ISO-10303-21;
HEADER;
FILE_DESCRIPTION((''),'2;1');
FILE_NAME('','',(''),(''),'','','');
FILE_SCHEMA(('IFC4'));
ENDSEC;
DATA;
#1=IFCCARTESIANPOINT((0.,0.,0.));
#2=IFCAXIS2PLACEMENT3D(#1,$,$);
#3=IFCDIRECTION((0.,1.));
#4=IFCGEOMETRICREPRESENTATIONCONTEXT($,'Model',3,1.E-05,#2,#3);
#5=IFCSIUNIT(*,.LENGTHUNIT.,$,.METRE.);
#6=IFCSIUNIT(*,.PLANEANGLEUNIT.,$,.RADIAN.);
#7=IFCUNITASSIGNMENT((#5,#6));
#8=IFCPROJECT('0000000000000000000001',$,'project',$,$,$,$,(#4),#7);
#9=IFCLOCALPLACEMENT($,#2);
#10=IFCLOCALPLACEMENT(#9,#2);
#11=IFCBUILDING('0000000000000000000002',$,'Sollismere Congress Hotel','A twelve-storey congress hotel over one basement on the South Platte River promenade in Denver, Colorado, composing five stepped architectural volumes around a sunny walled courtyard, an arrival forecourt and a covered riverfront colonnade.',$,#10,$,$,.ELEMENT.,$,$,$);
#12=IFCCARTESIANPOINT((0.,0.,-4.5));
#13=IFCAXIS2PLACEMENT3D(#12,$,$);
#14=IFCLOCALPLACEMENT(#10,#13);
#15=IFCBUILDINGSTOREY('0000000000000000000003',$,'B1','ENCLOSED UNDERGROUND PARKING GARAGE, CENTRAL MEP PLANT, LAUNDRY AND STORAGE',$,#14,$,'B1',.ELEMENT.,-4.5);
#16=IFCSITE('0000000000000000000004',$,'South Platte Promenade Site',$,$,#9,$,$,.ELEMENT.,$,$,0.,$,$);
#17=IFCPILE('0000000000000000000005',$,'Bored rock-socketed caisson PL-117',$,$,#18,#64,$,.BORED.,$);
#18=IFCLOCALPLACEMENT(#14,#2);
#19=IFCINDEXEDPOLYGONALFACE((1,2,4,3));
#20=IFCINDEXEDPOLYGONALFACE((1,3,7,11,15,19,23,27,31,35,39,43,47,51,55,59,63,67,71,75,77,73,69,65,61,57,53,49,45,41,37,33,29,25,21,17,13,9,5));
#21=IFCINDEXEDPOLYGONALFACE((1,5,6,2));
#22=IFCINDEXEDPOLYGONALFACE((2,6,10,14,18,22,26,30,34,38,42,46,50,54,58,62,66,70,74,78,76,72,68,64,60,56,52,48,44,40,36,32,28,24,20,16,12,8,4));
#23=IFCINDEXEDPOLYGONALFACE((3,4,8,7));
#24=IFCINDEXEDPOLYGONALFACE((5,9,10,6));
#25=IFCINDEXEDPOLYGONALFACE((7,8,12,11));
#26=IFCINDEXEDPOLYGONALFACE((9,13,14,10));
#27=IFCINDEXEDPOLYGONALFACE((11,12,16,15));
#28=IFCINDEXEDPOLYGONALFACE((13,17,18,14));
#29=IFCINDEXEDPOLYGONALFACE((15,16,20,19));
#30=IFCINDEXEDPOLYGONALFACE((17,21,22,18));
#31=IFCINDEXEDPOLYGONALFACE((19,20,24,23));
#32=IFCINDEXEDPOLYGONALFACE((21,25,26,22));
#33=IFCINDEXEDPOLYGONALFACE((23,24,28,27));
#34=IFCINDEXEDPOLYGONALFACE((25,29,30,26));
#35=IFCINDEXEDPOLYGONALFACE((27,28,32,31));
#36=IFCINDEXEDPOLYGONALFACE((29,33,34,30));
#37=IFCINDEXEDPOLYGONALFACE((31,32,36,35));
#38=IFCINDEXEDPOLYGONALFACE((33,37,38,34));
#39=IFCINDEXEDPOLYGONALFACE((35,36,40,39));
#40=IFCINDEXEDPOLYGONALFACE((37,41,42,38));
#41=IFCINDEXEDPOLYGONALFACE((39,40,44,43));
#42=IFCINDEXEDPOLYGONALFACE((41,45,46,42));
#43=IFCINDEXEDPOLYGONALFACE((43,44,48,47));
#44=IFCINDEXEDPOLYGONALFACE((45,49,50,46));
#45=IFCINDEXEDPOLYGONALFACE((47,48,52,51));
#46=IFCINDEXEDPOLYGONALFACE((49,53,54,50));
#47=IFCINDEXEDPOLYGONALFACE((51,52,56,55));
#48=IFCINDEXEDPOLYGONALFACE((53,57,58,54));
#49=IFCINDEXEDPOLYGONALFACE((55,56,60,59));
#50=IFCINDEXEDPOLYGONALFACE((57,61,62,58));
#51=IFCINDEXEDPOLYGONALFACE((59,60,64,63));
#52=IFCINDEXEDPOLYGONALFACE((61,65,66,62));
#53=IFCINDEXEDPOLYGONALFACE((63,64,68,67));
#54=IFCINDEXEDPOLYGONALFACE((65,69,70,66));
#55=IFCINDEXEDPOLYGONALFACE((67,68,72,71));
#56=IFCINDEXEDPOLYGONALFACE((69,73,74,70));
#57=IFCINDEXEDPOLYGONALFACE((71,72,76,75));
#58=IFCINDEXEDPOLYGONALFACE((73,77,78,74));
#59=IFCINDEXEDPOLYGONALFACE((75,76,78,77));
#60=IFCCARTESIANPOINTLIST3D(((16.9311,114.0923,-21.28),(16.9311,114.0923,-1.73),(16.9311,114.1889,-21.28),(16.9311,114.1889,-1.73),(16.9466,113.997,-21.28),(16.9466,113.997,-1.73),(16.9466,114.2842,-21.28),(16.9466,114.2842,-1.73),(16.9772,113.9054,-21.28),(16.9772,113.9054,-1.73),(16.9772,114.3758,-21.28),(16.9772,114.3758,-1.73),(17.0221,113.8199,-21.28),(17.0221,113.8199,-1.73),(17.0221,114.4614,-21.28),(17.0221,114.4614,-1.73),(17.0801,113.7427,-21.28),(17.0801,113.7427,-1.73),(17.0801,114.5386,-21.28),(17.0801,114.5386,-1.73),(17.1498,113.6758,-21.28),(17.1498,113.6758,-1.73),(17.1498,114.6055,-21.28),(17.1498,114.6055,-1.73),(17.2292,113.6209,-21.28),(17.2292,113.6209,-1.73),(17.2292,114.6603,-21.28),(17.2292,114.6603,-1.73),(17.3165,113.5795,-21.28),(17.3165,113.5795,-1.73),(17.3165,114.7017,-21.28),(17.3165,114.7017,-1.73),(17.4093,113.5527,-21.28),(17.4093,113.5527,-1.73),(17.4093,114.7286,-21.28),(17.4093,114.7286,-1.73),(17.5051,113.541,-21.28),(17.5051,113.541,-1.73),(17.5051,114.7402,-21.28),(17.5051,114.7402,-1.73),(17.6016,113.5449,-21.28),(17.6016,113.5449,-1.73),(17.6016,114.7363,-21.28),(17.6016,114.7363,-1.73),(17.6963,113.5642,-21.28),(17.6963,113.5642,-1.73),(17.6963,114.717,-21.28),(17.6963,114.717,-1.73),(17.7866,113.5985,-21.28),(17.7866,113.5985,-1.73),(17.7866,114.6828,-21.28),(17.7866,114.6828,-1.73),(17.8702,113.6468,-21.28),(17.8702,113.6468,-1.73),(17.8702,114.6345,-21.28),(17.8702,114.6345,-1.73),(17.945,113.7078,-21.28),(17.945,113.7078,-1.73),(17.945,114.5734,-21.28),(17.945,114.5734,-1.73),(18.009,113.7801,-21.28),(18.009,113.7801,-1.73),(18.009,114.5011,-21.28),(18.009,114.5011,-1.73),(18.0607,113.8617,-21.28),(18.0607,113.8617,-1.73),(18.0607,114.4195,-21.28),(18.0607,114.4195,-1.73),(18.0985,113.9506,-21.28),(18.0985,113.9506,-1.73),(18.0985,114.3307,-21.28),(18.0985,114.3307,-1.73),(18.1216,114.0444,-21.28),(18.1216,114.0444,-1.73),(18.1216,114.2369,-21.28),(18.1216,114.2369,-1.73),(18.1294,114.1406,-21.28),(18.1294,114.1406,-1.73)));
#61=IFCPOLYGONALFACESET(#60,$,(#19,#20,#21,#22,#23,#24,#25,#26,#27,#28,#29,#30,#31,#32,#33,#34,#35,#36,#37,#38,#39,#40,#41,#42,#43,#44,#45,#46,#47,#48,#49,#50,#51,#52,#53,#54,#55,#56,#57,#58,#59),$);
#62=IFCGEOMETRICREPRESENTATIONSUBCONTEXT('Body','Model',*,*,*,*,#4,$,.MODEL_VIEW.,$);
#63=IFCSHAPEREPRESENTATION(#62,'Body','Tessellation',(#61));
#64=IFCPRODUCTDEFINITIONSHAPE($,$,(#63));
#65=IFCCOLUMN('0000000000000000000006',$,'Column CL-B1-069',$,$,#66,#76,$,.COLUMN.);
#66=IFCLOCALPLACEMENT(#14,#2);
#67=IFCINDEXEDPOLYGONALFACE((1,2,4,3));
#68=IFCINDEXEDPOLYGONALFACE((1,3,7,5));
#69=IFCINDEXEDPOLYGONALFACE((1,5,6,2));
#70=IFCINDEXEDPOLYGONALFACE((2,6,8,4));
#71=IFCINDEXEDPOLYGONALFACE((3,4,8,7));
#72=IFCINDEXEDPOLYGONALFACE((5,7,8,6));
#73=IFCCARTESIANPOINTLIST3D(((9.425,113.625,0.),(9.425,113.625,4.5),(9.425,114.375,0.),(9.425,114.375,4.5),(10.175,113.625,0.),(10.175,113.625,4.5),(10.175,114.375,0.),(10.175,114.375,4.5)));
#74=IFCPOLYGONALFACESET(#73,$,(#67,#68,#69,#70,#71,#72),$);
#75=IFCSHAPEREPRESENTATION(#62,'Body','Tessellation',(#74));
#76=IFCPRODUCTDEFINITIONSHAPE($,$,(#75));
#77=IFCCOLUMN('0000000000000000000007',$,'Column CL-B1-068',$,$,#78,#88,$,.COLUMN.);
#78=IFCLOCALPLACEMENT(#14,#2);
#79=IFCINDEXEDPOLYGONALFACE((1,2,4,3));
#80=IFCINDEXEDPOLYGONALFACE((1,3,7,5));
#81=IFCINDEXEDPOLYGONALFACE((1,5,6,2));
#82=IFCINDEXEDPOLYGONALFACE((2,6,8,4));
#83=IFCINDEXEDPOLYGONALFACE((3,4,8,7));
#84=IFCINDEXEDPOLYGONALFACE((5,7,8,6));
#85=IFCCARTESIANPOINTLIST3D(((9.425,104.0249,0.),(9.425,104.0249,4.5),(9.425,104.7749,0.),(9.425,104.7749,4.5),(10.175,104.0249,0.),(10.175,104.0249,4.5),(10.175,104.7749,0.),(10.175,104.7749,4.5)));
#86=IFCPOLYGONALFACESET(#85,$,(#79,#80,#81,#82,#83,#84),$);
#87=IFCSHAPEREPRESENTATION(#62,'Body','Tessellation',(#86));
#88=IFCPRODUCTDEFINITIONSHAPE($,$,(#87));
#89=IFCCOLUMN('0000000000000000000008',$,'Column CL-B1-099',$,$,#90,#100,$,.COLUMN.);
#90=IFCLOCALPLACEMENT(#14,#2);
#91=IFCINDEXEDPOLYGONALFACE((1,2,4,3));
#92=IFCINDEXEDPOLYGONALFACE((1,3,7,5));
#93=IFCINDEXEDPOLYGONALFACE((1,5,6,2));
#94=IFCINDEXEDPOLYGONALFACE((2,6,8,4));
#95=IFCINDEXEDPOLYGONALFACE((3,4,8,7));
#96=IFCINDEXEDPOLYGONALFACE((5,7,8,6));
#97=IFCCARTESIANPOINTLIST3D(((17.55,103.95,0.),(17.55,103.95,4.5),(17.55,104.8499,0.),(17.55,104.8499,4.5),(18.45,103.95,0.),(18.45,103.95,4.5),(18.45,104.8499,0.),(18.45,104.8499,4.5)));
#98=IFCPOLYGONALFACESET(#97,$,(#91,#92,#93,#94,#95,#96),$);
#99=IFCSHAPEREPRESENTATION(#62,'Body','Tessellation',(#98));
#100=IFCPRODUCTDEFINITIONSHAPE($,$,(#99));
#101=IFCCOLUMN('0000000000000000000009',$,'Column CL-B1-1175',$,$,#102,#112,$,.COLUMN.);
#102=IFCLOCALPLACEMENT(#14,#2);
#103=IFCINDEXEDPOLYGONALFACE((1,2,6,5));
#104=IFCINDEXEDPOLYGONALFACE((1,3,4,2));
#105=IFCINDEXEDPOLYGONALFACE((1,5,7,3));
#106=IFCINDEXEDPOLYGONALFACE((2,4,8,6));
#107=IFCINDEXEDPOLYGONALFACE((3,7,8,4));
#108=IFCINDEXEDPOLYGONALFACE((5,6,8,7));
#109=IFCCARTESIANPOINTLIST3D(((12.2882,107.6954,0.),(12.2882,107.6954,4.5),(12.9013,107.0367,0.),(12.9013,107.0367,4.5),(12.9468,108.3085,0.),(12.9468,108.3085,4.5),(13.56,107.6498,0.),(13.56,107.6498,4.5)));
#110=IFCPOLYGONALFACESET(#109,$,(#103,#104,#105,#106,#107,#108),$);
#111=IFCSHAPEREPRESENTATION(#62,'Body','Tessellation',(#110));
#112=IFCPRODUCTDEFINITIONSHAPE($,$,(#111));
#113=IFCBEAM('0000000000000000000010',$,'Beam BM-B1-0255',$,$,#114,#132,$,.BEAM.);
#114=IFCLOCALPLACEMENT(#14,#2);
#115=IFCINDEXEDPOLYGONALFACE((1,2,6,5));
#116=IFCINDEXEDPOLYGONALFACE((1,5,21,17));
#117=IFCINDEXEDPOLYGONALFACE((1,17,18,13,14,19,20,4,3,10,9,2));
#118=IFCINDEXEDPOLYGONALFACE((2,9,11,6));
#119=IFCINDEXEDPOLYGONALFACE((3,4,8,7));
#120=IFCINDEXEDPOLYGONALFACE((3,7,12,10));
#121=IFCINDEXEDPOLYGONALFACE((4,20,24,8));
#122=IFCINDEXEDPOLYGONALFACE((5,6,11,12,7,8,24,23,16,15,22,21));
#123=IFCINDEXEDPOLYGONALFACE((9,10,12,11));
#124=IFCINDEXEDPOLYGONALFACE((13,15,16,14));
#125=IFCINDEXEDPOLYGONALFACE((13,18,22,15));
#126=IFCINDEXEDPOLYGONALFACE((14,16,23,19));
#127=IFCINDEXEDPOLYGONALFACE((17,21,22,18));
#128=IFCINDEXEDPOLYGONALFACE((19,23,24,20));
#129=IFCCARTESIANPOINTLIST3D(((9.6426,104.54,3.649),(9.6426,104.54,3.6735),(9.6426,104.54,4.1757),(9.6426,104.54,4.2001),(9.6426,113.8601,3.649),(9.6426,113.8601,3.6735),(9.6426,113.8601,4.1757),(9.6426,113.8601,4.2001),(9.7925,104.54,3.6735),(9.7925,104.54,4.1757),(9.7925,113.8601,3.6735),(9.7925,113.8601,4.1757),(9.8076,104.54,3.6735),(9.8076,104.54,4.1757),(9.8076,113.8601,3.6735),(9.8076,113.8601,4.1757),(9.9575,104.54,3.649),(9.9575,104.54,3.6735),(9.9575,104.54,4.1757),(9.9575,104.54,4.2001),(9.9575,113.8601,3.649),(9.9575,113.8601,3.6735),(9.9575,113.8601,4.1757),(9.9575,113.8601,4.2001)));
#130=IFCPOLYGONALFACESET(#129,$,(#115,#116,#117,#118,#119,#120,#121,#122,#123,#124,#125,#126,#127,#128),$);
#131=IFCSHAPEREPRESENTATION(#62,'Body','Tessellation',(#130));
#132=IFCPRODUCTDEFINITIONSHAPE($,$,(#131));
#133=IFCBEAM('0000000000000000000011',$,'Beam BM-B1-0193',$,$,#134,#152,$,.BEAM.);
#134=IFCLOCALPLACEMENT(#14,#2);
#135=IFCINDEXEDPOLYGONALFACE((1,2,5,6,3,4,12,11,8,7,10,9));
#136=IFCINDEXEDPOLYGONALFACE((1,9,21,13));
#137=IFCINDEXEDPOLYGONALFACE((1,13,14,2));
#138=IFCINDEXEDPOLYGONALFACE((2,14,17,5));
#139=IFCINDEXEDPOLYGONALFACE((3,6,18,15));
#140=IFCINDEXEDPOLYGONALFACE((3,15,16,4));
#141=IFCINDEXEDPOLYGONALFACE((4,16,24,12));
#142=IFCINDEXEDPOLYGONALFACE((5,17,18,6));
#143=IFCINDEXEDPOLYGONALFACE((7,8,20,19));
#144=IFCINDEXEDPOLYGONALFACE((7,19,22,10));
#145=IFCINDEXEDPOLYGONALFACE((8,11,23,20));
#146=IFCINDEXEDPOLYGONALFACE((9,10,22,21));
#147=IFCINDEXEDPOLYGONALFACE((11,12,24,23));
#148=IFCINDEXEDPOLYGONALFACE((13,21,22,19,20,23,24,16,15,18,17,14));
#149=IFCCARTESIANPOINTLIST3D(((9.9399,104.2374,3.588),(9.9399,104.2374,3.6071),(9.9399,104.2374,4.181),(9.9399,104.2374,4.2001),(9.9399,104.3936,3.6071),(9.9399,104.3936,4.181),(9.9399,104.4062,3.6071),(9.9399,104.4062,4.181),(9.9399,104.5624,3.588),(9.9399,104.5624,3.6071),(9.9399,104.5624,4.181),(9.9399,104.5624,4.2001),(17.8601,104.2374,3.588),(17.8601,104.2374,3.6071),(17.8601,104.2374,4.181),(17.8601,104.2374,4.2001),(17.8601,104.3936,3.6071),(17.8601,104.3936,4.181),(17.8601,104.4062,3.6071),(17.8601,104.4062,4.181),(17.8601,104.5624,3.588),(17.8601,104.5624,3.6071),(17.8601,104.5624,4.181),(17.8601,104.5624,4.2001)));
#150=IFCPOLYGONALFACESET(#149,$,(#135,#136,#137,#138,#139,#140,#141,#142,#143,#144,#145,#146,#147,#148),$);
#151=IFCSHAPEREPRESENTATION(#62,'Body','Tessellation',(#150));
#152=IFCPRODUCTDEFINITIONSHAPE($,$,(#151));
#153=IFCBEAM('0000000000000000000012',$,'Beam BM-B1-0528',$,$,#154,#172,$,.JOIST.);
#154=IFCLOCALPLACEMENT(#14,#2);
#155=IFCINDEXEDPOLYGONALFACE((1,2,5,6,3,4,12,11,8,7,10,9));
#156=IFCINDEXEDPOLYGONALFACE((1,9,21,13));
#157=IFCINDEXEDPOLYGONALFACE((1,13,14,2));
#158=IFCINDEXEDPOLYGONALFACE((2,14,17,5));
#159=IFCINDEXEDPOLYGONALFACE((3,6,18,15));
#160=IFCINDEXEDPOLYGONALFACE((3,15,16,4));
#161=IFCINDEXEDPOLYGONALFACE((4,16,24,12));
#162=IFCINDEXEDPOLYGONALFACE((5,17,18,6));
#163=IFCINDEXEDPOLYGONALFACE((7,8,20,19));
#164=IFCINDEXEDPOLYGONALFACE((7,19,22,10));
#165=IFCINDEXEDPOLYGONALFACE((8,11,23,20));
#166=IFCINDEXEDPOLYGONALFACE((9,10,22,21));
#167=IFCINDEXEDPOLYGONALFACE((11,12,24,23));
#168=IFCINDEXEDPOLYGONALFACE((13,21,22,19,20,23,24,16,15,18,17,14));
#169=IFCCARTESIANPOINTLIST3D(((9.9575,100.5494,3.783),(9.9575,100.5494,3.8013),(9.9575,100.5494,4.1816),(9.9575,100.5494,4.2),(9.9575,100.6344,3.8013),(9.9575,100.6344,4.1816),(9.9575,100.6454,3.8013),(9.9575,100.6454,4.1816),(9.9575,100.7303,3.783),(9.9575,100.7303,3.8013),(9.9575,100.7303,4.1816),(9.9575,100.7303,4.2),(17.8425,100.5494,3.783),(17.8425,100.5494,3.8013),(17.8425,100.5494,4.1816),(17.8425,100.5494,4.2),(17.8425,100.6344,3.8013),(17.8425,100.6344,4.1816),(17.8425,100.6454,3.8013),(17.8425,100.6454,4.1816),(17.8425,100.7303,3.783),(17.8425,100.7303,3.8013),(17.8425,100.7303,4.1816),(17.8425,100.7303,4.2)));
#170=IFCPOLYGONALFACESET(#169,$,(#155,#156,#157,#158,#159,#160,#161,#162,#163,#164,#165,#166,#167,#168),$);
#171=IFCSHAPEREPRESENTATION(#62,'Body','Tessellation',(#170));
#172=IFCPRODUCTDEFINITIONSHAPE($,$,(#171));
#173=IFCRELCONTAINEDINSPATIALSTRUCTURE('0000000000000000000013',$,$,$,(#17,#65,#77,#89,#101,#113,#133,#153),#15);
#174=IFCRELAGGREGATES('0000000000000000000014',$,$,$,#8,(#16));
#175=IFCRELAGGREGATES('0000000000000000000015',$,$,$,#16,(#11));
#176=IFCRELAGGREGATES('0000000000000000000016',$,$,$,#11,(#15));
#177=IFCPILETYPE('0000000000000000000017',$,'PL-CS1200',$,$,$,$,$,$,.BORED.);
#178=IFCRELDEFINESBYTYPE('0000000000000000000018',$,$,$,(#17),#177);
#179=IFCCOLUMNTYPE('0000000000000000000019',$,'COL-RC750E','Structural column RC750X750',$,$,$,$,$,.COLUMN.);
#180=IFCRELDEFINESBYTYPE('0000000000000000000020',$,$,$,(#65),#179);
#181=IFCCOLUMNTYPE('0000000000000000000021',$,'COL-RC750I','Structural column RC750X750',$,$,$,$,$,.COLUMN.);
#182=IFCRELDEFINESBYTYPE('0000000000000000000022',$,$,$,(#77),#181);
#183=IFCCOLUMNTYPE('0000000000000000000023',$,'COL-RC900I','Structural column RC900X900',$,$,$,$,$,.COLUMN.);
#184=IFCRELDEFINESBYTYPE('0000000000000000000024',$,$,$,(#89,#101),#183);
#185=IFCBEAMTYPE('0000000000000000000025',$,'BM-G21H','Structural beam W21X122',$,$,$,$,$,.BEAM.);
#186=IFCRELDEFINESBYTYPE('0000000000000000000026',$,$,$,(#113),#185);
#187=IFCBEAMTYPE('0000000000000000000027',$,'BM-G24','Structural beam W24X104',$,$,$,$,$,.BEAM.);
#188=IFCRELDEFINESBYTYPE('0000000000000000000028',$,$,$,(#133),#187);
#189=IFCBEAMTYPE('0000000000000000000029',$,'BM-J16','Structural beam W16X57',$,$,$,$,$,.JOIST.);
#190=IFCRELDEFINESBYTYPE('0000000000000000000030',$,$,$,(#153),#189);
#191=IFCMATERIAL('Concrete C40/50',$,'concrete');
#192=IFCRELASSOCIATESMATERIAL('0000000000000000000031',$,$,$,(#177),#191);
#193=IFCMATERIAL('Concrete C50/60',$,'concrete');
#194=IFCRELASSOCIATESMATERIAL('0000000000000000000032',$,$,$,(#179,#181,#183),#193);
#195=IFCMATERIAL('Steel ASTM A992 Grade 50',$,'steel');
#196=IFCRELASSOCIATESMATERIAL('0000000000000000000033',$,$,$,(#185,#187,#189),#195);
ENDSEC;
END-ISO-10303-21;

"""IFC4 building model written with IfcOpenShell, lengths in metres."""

from ifc_helpers import new_model, si_unit, direction, frame, origin, origin_2d, place, context, subcontext, project, spatial, rectangle, circle, i_section, extrude, material, material_profile, profile_set, type_object, element, save


model = new_model("IFC4")

# Units and contexts
model_context = context("Model", 3, precision=1e-05, world=origin(), true_north=direction((0.0, 1.0)))
body_context = subcontext(model_context, "Body", "Model", "MODEL_VIEW")
ifc_project = project(units=[si_unit("LENGTHUNIT", "METRE"), si_unit("PLANEANGLEUNIT", "RADIAN")], contexts=[model_context])

# Site, building, storey
site_placement = place(None, origin())
site = spatial("IfcSite", under=ifc_project, at=site_placement, Name="South Platte Promenade Site", CompositionType="ELEMENT", RefElevation=0.0)
building_placement = place(site_placement, origin())
building = spatial("IfcBuilding", under=site, at=building_placement, Name="Sollismere Congress Hotel", Description="A twelve-storey congress hotel over one basement on the South Platte River promenade in Denver, Colorado, composing five stepped architectural volumes around a sunny walled courtyard, an arrival forecourt and a covered riverfront colonnade.", CompositionType="ELEMENT")
storey_placement = place(building_placement, frame((0.0, 0.0, -4.5)))
storey = spatial("IfcBuildingStorey", under=building, at=storey_placement, Name="B1", Description="ENCLOSED UNDERGROUND PARKING GARAGE, CENTRAL MEP PLANT, LAUNDRY AND STORAGE", LongName="B1", CompositionType="ELEMENT", Elevation=-4.5)

# Shared definitions
ifc_material_1 = material(Name="Concrete C40/50", Category="concrete")

# Pile
ifc_material_profile_1 = material_profile(ifc_material_1, circle(Radius=0.6001, at=origin_2d()), Name="CAISSON1200")
ifc_profile_set_1 = profile_set([ifc_material_profile_1], Name="Concrete C40/50")
pile_type = type_object("IfcPileType", Name="PL-CS1200", PredefinedType="BORED", material=ifc_profile_set_1)
for number, where, z_axis, x_axis, name in (
    (1, (17.5293, 114.1406, -1.73), (0.0, 0.0, -1.0), (1.0, 0.0, 0.0), "Bored rock-socketed caisson PL-117"),
):
    element("IfcPile", number, at=place(storey_placement, frame(where, z_axis=z_axis, x_axis=x_axis)), inside=storey, type_object=pile_type, Name=name, PredefinedType="BORED", context=body_context, shape_type="SweptSolid", body=[
        extrude(circle(Radius=0.6001, at=origin_2d()), origin(), (0.0, 0.0, 1.0), 19.55),
    ])

# Columns
ifc_material_2 = material(Name="Concrete C50/60", Category="concrete")
ifc_material_profile_2 = material_profile(ifc_material_2, rectangle(XDim=0.75, YDim=0.75, at=origin_2d()), Name="RC750X750")
ifc_profile_set_2 = profile_set([ifc_material_profile_2], Name="Concrete C50/60")
column_type_1 = type_object("IfcColumnType", Name="COL-RC750E", Description="Structural column RC750X750", PredefinedType="COLUMN", material=ifc_profile_set_2)
column_1_placement = place(storey_placement, frame((9.8, 114.0, 0.0), z_axis=(0.0, 0.0, 1.0), x_axis=(1.0, 0.0, 0.0)))
element("IfcColumn", 2, at=column_1_placement, inside=storey, type_object=column_type_1, Name="Column CL-B1-069", PredefinedType="COLUMN", context=body_context, shape_type="SweptSolid", body=[
    extrude(rectangle(XDim=0.75, YDim=0.75, at=origin_2d()), origin(), (0.0, 0.0, 1.0), 4.5),
])
ifc_material_profile_3 = material_profile(ifc_material_2, rectangle(XDim=0.75, YDim=0.75, at=origin_2d()), Name="RC750X750")
ifc_profile_set_3 = profile_set([ifc_material_profile_3], Name="Concrete C50/60")
column_type_2 = type_object("IfcColumnType", Name="COL-RC750I", Description="Structural column RC750X750", PredefinedType="COLUMN", material=ifc_profile_set_3)
column_2_placement = place(storey_placement, frame((9.8, 104.3999, 0.0), z_axis=(0.0, 0.0, 1.0), x_axis=(1.0, 0.0, 0.0)))
element("IfcColumn", 3, at=column_2_placement, inside=storey, type_object=column_type_2, Name="Column CL-B1-068", PredefinedType="COLUMN", context=body_context, shape_type="SweptSolid", body=[
    extrude(rectangle(XDim=0.75, YDim=0.75, at=origin_2d()), origin(), (0.0, 0.0, 1.0), 4.5),
])
ifc_material_profile_4 = material_profile(ifc_material_2, rectangle(XDim=0.8999, YDim=0.8999, at=origin_2d()), Name="RC900X900")
ifc_profile_set_4 = profile_set([ifc_material_profile_4], Name="Concrete C50/60")
column_type_3 = type_object("IfcColumnType", Name="COL-RC900I", Description="Structural column RC900X900", PredefinedType="COLUMN", material=ifc_profile_set_4)
for number, where, z_axis, x_axis, name in (
    (4, (18.0, 104.3999, 0.0), (0.0, 0.0, 1.0), (1.0, 0.0, 0.0), "Column CL-B1-099"),
    (5, (12.9241, 107.6726, 0.0), (0.0, 0.0, 1.0), (-0.68136, 0.731949, 0.0), "Column CL-B1-1175"),
):
    element("IfcColumn", number, at=place(storey_placement, frame(where, z_axis=z_axis, x_axis=x_axis)), inside=storey, type_object=column_type_3, Name=name, PredefinedType="COLUMN", context=body_context, shape_type="SweptSolid", body=[
        extrude(rectangle(XDim=0.8999, YDim=0.8999, at=origin_2d()), origin(), (0.0, 0.0, 1.0), 4.5),
    ])

# Beams
ifc_material_3 = material(Name="Steel ASTM A992 Grade 50", Category="steel")
ifc_material_profile_5 = material_profile(ifc_material_3, i_section(OverallWidth=0.3149, OverallDepth=0.551, WebThickness=0.0151, FlangeThickness=0.0244, at=origin_2d()), Name="W21X122")
ifc_profile_set_5 = profile_set([ifc_material_profile_5], Name="Steel ASTM A992 Grade 50")
beam_type_1 = type_object("IfcBeamType", Name="BM-G21H", Description="Structural beam W21X122", PredefinedType="BEAM", material=ifc_profile_set_5)
beam_1_placement = place(storey_placement, frame((9.8, 104.54, 3.9246), z_axis=(0.0, 1.0, 0.0), x_axis=(-1.0, 0.0, 0.0)))
element("IfcBeam", 6, at=beam_1_placement, inside=storey, type_object=beam_type_1, Name="Beam BM-B1-0255", PredefinedType="BEAM", context=body_context, shape_type="SweptSolid", body=[
    extrude(i_section(OverallWidth=0.3149, OverallDepth=0.551, WebThickness=0.0151, FlangeThickness=0.0244, at=origin_2d()), origin(), (0.0, 0.0, 1.0), 9.3201),
])
ifc_material_profile_6 = material_profile(ifc_material_3, i_section(OverallWidth=0.325, OverallDepth=0.6121, WebThickness=0.0127, FlangeThickness=0.019, at=origin_2d()), Name="W24X104")
ifc_profile_set_6 = profile_set([ifc_material_profile_6], Name="Steel ASTM A992 Grade 50")
beam_type_2 = type_object("IfcBeamType", Name="BM-G24", Description="Structural beam W24X104", PredefinedType="BEAM", material=ifc_profile_set_6)
beam_2_placement = place(storey_placement, frame((9.9399, 104.3999, 3.894), z_axis=(1.0, 0.0, 0.0), x_axis=(0.0, 1.0, 0.0)))
element("IfcBeam", 7, at=beam_2_placement, inside=storey, type_object=beam_type_2, Name="Beam BM-B1-0193", PredefinedType="BEAM", context=body_context, shape_type="SweptSolid", body=[
    extrude(i_section(OverallWidth=0.325, OverallDepth=0.6121, WebThickness=0.0127, FlangeThickness=0.019, at=origin_2d()), origin(), (0.0, 0.0, 1.0), 7.9202),
])
ifc_material_profile_7 = material_profile(ifc_material_3, i_section(OverallWidth=0.1809, OverallDepth=0.417, WebThickness=0.011, FlangeThickness=0.0183, at=origin_2d()), Name="W16X57")
ifc_profile_set_7 = profile_set([ifc_material_profile_7], Name="Steel ASTM A992 Grade 50")
beam_type_3 = type_object("IfcBeamType", Name="BM-J16", Description="Structural beam W16X57", PredefinedType="JOIST", material=ifc_profile_set_7)
for number, where, z_axis, x_axis, name in (
    (8, (9.9575, 100.6399, 3.9915), (1.0, 0.0, 0.0), (0.0, 1.0, 0.0), "Beam BM-B1-0528"),
):
    element("IfcBeam", number, at=place(storey_placement, frame(where, z_axis=z_axis, x_axis=x_axis)), inside=storey, type_object=beam_type_3, Name=name, PredefinedType="JOIST", context=body_context, shape_type="SweptSolid", body=[
        extrude(i_section(OverallWidth=0.1809, OverallDepth=0.417, WebThickness=0.011, FlangeThickness=0.0183, at=origin_2d()), origin(), (0.0, 0.0, 1.0), 7.885),
    ])

save(model, "model.ifc")
